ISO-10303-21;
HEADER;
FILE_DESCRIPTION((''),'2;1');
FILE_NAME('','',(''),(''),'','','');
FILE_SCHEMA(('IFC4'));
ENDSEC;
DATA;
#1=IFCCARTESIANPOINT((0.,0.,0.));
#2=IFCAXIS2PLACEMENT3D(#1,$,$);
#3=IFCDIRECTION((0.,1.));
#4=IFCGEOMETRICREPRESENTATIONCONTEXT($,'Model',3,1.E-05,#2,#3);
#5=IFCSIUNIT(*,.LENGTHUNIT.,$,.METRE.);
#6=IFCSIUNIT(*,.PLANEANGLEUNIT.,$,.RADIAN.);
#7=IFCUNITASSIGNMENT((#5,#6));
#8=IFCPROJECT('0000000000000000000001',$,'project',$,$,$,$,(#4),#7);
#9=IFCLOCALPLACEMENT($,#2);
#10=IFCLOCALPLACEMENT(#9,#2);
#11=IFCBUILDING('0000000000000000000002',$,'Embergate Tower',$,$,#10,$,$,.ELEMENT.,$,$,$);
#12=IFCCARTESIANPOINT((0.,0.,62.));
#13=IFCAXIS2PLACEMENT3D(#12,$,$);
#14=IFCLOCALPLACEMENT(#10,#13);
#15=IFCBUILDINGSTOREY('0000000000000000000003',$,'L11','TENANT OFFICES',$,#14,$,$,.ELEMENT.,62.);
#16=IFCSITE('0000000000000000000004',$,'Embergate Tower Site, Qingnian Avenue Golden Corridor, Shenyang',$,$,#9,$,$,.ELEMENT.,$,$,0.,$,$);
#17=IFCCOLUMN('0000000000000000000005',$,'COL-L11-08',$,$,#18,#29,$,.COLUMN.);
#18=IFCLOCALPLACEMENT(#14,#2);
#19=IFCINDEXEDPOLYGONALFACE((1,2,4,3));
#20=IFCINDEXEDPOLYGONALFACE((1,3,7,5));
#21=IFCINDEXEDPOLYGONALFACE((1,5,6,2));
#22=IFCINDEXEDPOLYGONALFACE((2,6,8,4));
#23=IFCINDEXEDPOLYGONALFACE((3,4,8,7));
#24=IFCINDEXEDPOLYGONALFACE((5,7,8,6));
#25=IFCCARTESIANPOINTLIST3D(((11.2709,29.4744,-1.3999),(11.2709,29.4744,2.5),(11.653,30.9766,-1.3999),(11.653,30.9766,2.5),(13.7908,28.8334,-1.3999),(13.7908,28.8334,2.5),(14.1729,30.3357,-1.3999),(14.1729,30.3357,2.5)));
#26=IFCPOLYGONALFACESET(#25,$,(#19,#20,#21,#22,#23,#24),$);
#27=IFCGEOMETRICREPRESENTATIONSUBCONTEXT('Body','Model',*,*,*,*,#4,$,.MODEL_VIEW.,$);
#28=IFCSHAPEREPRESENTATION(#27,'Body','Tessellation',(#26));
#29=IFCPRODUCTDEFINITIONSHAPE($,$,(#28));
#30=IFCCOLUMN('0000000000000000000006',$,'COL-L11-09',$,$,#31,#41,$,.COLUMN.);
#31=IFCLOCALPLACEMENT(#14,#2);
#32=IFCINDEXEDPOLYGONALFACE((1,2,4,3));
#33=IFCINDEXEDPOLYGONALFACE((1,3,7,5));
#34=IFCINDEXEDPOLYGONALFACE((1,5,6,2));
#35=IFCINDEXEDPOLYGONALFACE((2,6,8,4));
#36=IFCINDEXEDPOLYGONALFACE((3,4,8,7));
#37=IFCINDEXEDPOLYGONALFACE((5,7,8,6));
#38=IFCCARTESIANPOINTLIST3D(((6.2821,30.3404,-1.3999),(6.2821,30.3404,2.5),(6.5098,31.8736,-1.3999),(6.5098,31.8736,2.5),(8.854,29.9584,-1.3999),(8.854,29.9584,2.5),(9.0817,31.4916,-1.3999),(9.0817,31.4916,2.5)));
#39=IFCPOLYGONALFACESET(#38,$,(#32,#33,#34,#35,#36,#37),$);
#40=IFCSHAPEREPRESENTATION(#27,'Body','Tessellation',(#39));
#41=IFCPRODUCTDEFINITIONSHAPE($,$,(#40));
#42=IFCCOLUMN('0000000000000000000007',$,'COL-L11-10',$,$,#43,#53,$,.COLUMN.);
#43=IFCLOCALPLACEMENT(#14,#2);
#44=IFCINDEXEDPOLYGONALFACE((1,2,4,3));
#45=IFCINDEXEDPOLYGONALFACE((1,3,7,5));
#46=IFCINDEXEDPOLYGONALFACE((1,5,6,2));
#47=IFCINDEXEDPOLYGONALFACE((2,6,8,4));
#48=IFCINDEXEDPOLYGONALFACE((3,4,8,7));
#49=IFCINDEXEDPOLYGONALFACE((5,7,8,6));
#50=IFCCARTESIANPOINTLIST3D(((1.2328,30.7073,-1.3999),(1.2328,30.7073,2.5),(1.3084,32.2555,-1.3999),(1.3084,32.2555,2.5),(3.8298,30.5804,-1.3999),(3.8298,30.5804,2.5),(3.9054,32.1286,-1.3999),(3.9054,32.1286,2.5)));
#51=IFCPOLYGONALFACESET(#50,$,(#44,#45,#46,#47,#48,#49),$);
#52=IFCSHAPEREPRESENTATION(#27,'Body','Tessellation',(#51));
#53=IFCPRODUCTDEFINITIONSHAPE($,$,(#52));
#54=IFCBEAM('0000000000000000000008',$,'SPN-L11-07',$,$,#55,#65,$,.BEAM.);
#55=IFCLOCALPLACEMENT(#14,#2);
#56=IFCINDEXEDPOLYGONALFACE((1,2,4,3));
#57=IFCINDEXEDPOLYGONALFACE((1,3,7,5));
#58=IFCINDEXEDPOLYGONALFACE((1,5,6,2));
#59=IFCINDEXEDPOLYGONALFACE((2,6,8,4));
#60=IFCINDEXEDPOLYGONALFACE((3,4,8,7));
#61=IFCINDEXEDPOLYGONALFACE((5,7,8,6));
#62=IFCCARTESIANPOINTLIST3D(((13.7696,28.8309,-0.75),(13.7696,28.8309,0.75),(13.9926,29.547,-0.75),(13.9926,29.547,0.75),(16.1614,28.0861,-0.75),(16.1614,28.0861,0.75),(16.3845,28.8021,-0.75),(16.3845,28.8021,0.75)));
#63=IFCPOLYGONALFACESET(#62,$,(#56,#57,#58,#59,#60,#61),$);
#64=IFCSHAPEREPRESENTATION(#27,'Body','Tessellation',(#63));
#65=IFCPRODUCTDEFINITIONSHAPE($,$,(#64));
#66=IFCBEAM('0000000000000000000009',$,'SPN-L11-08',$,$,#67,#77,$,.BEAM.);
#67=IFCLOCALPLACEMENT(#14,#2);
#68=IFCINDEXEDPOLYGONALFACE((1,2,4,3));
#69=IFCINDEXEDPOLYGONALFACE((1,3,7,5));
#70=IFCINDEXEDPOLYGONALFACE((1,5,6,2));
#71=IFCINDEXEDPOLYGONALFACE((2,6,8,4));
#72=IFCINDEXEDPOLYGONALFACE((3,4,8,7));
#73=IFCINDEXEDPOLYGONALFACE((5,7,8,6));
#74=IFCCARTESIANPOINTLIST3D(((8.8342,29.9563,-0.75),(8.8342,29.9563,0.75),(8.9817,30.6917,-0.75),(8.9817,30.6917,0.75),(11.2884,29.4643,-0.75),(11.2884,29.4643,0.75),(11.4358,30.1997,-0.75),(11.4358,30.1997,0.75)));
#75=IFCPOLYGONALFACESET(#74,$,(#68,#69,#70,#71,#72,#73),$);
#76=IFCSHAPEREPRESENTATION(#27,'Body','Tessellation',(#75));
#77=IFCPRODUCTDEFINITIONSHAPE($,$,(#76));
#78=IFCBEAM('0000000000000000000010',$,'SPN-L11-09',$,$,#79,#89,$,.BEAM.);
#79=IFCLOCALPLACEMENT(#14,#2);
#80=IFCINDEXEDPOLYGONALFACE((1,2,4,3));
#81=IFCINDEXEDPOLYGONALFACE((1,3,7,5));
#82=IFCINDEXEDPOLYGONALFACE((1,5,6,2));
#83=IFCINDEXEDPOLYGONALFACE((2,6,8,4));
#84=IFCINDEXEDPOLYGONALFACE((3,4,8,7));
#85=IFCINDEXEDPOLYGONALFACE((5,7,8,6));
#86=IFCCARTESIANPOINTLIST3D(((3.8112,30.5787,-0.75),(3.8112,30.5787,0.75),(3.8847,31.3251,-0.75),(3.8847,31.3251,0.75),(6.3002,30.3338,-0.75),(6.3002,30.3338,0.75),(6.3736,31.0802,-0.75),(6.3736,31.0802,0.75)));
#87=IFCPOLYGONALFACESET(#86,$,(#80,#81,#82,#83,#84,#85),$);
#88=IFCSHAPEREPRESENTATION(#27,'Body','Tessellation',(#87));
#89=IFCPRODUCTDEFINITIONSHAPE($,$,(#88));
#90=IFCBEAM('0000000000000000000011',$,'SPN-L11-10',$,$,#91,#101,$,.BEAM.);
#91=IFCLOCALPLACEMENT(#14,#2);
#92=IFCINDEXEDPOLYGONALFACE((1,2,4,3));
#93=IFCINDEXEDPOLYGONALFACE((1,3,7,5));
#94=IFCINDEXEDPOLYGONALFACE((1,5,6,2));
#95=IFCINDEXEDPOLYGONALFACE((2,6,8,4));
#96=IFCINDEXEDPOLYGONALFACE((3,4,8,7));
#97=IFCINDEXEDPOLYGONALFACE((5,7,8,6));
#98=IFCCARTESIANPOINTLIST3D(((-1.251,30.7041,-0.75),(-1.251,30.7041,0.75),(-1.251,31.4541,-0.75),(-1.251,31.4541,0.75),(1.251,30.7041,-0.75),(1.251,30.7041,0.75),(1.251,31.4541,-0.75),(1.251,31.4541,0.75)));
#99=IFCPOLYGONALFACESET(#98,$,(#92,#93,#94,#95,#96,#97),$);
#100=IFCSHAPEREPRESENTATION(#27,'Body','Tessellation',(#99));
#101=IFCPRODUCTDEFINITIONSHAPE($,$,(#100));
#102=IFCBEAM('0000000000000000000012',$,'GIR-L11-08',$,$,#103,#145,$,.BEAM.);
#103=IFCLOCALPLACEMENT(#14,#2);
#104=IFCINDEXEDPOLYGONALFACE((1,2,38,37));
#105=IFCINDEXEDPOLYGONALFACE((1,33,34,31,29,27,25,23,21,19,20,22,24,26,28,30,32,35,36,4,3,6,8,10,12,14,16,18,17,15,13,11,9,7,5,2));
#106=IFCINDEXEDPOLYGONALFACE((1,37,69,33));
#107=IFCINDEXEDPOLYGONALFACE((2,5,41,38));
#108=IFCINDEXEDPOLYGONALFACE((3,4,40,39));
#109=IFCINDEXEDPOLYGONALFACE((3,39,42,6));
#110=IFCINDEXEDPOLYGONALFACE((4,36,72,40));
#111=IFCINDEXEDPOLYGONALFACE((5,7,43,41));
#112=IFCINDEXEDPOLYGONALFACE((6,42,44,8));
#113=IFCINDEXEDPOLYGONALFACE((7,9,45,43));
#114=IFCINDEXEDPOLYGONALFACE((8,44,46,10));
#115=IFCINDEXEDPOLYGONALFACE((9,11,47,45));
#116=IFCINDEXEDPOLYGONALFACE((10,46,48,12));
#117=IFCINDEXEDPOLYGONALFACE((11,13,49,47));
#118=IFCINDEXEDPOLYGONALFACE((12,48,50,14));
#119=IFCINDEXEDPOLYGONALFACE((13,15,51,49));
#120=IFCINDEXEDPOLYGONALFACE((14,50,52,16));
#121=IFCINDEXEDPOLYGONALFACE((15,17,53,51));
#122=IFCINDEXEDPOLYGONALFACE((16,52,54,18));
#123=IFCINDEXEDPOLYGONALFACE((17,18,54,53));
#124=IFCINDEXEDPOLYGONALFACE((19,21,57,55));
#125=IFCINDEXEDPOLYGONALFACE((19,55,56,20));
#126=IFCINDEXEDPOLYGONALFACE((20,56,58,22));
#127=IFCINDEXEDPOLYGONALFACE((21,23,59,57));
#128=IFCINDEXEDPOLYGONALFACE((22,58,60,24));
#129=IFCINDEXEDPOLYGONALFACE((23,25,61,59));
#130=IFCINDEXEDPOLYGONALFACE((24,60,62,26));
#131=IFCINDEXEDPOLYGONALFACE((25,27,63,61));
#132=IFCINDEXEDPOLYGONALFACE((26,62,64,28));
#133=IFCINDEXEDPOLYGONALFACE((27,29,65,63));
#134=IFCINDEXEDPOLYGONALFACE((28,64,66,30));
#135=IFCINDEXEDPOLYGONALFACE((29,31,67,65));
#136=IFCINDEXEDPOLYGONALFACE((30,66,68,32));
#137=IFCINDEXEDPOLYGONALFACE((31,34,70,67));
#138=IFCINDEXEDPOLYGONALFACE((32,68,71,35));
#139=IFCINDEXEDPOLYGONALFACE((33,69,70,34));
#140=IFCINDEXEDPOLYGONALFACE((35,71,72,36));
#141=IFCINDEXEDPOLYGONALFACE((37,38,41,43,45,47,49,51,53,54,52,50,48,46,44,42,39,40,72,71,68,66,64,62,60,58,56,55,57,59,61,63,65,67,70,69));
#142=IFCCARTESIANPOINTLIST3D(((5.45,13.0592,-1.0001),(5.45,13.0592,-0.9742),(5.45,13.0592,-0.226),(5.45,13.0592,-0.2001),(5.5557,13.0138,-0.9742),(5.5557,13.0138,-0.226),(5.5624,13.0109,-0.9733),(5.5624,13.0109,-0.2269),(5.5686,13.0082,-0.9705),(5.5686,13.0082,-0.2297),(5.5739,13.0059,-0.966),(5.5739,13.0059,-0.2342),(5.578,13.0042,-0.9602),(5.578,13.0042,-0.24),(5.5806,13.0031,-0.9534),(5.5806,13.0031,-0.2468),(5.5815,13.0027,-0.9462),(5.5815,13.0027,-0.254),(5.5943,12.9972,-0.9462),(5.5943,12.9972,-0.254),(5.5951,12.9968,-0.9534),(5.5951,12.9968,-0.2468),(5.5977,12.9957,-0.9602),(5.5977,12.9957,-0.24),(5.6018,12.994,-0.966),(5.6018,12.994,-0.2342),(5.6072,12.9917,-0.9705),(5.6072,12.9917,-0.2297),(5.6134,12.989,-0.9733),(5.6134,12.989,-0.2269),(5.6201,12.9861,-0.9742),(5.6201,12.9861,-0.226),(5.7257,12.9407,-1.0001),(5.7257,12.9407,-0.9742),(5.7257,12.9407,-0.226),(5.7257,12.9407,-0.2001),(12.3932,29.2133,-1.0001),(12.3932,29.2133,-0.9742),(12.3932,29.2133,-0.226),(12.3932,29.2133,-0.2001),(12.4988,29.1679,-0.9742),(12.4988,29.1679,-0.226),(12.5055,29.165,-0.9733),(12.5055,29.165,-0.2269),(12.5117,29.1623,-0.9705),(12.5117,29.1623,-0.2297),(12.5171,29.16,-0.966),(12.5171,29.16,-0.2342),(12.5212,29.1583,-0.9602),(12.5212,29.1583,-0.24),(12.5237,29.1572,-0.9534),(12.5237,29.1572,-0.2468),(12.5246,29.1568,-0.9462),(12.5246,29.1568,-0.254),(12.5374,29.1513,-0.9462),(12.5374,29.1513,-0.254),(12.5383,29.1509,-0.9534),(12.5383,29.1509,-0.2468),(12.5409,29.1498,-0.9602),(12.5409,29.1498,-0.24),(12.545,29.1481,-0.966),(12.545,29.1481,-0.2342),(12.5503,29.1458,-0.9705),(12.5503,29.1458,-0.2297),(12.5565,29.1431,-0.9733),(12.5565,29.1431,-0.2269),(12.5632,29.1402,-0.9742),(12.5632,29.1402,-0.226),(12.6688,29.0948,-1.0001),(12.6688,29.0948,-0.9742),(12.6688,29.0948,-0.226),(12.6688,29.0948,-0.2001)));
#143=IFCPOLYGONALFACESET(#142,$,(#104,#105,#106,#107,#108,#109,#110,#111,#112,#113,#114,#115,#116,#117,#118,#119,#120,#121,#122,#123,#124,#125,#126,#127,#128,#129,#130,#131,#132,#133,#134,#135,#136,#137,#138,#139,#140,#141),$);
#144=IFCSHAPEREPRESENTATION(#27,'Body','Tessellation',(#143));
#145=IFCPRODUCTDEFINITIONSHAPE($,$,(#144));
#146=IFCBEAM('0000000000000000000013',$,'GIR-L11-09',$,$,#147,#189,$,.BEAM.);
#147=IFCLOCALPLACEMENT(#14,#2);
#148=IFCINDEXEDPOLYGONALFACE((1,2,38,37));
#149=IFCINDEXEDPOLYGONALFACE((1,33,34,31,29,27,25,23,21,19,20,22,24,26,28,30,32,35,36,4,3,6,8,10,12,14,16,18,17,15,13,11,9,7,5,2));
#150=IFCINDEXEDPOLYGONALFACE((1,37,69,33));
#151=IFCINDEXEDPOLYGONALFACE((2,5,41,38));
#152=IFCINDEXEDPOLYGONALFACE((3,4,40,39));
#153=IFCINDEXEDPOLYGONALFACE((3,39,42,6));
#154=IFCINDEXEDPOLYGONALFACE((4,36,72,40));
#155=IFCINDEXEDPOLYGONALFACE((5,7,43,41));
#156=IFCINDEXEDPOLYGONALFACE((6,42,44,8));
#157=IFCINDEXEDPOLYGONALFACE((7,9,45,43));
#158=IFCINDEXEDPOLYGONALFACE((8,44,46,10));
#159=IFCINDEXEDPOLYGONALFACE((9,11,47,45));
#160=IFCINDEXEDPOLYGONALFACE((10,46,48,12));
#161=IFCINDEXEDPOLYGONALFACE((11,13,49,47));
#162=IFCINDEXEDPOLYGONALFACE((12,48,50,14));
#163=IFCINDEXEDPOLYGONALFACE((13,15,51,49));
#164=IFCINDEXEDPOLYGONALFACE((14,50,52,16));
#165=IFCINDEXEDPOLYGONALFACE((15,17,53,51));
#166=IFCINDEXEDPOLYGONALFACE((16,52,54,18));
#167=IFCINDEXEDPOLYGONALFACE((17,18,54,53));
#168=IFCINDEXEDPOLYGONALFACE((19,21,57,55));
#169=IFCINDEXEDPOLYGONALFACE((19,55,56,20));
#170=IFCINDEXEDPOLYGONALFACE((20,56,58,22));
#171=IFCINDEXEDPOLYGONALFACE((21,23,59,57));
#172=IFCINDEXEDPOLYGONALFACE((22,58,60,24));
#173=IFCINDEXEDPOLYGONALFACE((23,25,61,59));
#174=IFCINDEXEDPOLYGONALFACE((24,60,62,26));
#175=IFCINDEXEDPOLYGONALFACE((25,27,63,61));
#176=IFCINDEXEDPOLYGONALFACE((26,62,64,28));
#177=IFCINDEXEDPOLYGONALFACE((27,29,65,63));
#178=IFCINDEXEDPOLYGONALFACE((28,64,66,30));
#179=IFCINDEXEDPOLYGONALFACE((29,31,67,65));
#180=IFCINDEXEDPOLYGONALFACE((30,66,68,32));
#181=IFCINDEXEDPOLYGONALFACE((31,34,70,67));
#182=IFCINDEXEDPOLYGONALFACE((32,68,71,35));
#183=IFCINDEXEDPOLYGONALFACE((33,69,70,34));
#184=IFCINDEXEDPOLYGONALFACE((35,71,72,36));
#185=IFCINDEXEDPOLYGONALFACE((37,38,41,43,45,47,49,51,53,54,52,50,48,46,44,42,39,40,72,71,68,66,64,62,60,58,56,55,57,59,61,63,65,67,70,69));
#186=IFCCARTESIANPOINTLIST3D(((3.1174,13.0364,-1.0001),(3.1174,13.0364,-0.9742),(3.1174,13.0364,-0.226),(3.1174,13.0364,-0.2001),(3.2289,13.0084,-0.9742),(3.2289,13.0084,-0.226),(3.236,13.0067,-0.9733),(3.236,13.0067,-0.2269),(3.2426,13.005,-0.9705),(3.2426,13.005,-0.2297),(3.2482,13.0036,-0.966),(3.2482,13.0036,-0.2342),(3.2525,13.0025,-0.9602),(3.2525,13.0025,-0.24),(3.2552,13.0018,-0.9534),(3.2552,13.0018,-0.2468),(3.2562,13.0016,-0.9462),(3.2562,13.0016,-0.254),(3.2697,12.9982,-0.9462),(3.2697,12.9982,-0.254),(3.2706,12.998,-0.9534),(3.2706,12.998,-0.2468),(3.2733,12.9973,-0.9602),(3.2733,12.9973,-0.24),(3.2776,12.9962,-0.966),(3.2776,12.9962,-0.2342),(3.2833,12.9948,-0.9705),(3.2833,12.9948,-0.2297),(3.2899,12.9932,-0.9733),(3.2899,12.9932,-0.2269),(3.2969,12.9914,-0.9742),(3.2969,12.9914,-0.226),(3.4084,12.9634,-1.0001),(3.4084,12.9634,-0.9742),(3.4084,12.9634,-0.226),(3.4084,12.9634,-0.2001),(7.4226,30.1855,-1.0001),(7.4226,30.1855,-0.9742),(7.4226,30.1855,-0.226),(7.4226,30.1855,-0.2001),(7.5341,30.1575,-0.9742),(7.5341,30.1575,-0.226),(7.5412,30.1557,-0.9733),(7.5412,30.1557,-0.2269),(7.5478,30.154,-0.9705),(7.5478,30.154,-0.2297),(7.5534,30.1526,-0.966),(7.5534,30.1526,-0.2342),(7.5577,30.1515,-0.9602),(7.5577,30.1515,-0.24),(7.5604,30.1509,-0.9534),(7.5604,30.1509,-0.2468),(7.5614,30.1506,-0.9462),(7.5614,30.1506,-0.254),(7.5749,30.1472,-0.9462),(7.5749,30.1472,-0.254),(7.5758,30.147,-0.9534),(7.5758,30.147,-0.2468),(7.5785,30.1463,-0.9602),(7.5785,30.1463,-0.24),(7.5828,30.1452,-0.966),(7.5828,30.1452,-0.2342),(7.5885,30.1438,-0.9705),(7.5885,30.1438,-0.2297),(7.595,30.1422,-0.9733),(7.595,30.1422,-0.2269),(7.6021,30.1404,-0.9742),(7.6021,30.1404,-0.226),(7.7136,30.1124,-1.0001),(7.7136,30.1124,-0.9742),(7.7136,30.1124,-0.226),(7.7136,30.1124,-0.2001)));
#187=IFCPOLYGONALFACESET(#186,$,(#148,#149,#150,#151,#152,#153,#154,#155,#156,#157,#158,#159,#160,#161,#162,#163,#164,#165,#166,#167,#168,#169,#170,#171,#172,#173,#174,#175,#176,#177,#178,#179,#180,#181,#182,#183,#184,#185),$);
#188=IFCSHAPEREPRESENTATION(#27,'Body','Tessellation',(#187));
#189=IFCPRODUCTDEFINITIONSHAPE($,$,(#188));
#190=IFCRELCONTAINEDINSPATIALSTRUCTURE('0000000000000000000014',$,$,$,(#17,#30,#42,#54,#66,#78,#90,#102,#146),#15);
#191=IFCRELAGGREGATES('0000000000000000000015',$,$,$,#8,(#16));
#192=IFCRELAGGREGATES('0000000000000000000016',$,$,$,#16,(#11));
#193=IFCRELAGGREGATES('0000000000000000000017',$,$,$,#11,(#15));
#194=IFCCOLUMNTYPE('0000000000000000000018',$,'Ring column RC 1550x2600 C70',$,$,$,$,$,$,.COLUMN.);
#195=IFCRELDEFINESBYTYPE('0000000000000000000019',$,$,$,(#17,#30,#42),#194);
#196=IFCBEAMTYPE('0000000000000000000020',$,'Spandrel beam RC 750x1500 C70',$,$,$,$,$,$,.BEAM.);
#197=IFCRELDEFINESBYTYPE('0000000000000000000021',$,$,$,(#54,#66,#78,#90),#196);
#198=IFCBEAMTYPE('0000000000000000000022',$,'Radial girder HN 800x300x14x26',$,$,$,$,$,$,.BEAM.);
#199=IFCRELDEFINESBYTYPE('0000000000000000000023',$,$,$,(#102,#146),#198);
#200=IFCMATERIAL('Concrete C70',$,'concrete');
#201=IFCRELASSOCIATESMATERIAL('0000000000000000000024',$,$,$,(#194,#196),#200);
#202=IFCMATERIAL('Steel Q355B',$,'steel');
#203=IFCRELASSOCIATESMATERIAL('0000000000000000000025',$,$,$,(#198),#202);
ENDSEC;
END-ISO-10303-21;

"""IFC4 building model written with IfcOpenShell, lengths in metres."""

from ifc_helpers import new_model, si_unit, direction, frame, origin, origin_2d, place, context, subcontext, project, spatial, rectangle, i_section, extrude, source, transform, mapped, material, material_profile, profile_set, type_object, element, save


model = new_model("IFC4")

# Units and contexts
model_context = context("Model", 3, precision=1e-05, world=origin(), true_north=direction((0.0, 1.0)))
body_context = subcontext(model_context, "Body", "Model", "MODEL_VIEW")
ifc_project = project(units=[si_unit("LENGTHUNIT", "METRE"), si_unit("PLANEANGLEUNIT", "RADIAN")], contexts=[model_context])

# Site, building, storey
site_placement = place(None, origin())
site = spatial("IfcSite", under=ifc_project, at=site_placement, Name="Embergate Tower Site, Qingnian Avenue Golden Corridor, Shenyang", CompositionType="ELEMENT", RefElevation=0.0)
building_placement = place(site_placement, origin())
building = spatial("IfcBuilding", under=site, at=building_placement, Name="Embergate Tower", CompositionType="ELEMENT")
storey_placement = place(building_placement, frame((0.0, 0.0, 62.0)))
storey = spatial("IfcBuildingStorey", under=building, at=storey_placement, Name="L11", Description="TENANT OFFICES", CompositionType="ELEMENT", Elevation=62.0)

# Columns
ifc_material_1 = material(Name="Concrete C70", Category="concrete")
ifc_material_profile_1 = material_profile(ifc_material_1, rectangle(XDim=1.55, YDim=2.6001, at=origin_2d()), Name="RC 1550x2600")
ifc_profile_set_1 = profile_set([ifc_material_profile_1], Name="Concrete C70")
column_type = type_object("IfcColumnType", Name="Ring column RC 1550x2600 C70", PredefinedType="COLUMN", material=ifc_profile_set_1)
shared_shape_1 = source(origin(), body_context, "Body", "SweptSolid", [
    extrude(rectangle(XDim=1.55, YDim=2.6001, at=origin_2d()), origin(), (0.0, 0.0, 1.0), 3.8999),
])
for number, where, z_axis, x_axis, name in (
    (1, (12.7219, 29.905, -1.3999), (0.0, 0.0, 1.0), (0.246509, 0.969141, 0.0), "COL-L11-08"),
    (2, (7.6819, 30.916, -1.3999), (0.0, 0.0, 1.0), (0.146929, 0.989147, 0.0), "COL-L11-09"),
    (3, (2.5691, 31.418, -1.3999), (0.0, 0.0, 1.0), (0.048815, 0.998808, 0.0), "COL-L11-10"),
):
    element("IfcColumn", number, at=place(storey_placement, frame(where, z_axis=z_axis, x_axis=x_axis)), inside=storey, type_object=column_type, Name=name, PredefinedType="COLUMN", context=body_context, shape_type="MappedRepresentation", body=[
        mapped(shared_shape_1, transform((0.0, 0.0, 0.0))),
    ])

# Beams
ifc_material_profile_2 = material_profile(ifc_material_1, rectangle(XDim=0.75, YDim=1.5, at=origin_2d()), Name="RC 750x1500")
ifc_profile_set_2 = profile_set([ifc_material_profile_2], Name="Concrete C70")
beam_type_1 = type_object("IfcBeamType", Name="Spandrel beam RC 750x1500 C70", PredefinedType="BEAM", material=ifc_profile_set_2)
shared_shape_2 = source(origin(), body_context, "Body", "SweptSolid", [
    extrude(rectangle(XDim=0.75, YDim=1.5, at=origin_2d()), origin(), (0.0, 0.0, 1.0), 2.5051),
])
beam_1_placement = place(storey_placement, frame((16.2729, 28.4441, 0.0), z_axis=(-0.954773, 0.297337, 0.0), x_axis=(-0.297337, -0.954773, 0.0)))
element("IfcBeam", 4, at=beam_1_placement, inside=storey, type_object=beam_type_1, Name="SPN-L11-07", PredefinedType="BEAM", context=body_context, shape_type="MappedRepresentation", body=[
    mapped(shared_shape_2, transform((0.0, 0.0, 0.0))),
])
shared_shape_3 = source(origin(), body_context, "Body", "SweptSolid", [
    extrude(rectangle(XDim=0.75, YDim=1.5, at=origin_2d()), origin(), (0.0, 0.0, 1.0), 2.5029),
])
beam_2_placement = place(storey_placement, frame((11.3621, 29.832, 0.0), z_axis=(-0.980494, 0.196548, 0.0), x_axis=(-0.196548, -0.980494, 0.0)))
element("IfcBeam", 5, at=beam_2_placement, inside=storey, type_object=beam_type_1, Name="SPN-L11-08", PredefinedType="BEAM", context=body_context, shape_type="MappedRepresentation", body=[
    mapped(shared_shape_3, transform((0.0, 0.0, 0.0))),
])
shared_shape_4 = source(origin(), body_context, "Body", "SweptSolid", [
    extrude(rectangle(XDim=0.75, YDim=1.5, at=origin_2d()), origin(), (0.0, 0.0, 1.0), 2.501),
])
beam_3_placement = place(storey_placement, frame((6.3369, 30.707, 0.0), z_axis=(-0.995195, 0.097909, 0.0), x_axis=(-0.097909, -0.995195, 0.0)))
element("IfcBeam", 6, at=beam_3_placement, inside=storey, type_object=beam_type_1, Name="SPN-L11-09", PredefinedType="BEAM", context=body_context, shape_type="MappedRepresentation", body=[
    mapped(shared_shape_4, transform((0.0, 0.0, 0.0))),
])
shared_shape_5 = source(origin(), body_context, "Body", "SweptSolid", [
    extrude(rectangle(XDim=0.75, YDim=1.5, at=origin_2d()), origin(), (0.0, 0.0, 1.0), 2.502),
])
beam_4_placement = place(storey_placement, frame((1.251, 31.0791, 0.0), z_axis=(-1.0, 0.0, 0.0), x_axis=(0.0, -1.0, 0.0)))
element("IfcBeam", 7, at=beam_4_placement, inside=storey, type_object=beam_type_1, Name="SPN-L11-10", PredefinedType="BEAM", context=body_context, shape_type="MappedRepresentation", body=[
    mapped(shared_shape_5, transform((0.0, 0.0, 0.0))),
])
ifc_material_2 = material(Name="Steel Q355B", Category="steel")
ifc_material_profile_3 = material_profile(ifc_material_2, i_section(OverallWidth=0.3, OverallDepth=0.8, WebThickness=0.0139, FlangeThickness=0.0259, FilletRadius=0.0281, at=origin_2d()), Name="HN 800x300x14x26")
ifc_profile_set_3 = profile_set([ifc_material_profile_3], Name="Steel Q355 grade B")
beam_type_2 = type_object("IfcBeamType", Name="Radial girder HN 800x300x14x26", PredefinedType="BEAM", material=ifc_profile_set_3)
shared_shape_6 = source(origin(), body_context, "Body", "SweptSolid", [
    extrude(i_section(OverallWidth=0.3, OverallDepth=0.8, WebThickness=0.0139, FlangeThickness=0.0259, FilletRadius=0.0281, at=origin_2d()), origin(), (0.0, 0.0, 1.0), 17.583),
])
beam_5_placement = place(storey_placement, frame((12.531, 29.1541, -0.6001), z_axis=(-0.394878, -0.918734, 0.0), x_axis=(0.918734, -0.394878, 0.0)))
element("IfcBeam", 8, at=beam_5_placement, inside=storey, type_object=beam_type_2, Name="GIR-L11-08", PredefinedType="BEAM", context=body_context, shape_type="MappedRepresentation", body=[
    mapped(shared_shape_6, transform((0.0, 0.0, 0.0))),
])
shared_shape_7 = source(origin(), body_context, "Body", "SweptSolid", [
    extrude(i_section(OverallWidth=0.3, OverallDepth=0.8, WebThickness=0.0139, FlangeThickness=0.0259, FilletRadius=0.0281, at=origin_2d()), origin(), (0.0, 0.0, 1.0), 17.6812),
])
beam_6_placement = place(storey_placement, frame((7.5681, 30.1489, -0.6001), z_axis=(-0.243491, -0.969903, 0.0), x_axis=(0.969903, -0.243491, 0.0)))
element("IfcBeam", 9, at=beam_6_placement, inside=storey, type_object=beam_type_2, Name="GIR-L11-09", PredefinedType="BEAM", context=body_context, shape_type="MappedRepresentation", body=[
    mapped(shared_shape_7, transform((0.0, 0.0, 0.0))),
])

save(model, "model.ifc")
